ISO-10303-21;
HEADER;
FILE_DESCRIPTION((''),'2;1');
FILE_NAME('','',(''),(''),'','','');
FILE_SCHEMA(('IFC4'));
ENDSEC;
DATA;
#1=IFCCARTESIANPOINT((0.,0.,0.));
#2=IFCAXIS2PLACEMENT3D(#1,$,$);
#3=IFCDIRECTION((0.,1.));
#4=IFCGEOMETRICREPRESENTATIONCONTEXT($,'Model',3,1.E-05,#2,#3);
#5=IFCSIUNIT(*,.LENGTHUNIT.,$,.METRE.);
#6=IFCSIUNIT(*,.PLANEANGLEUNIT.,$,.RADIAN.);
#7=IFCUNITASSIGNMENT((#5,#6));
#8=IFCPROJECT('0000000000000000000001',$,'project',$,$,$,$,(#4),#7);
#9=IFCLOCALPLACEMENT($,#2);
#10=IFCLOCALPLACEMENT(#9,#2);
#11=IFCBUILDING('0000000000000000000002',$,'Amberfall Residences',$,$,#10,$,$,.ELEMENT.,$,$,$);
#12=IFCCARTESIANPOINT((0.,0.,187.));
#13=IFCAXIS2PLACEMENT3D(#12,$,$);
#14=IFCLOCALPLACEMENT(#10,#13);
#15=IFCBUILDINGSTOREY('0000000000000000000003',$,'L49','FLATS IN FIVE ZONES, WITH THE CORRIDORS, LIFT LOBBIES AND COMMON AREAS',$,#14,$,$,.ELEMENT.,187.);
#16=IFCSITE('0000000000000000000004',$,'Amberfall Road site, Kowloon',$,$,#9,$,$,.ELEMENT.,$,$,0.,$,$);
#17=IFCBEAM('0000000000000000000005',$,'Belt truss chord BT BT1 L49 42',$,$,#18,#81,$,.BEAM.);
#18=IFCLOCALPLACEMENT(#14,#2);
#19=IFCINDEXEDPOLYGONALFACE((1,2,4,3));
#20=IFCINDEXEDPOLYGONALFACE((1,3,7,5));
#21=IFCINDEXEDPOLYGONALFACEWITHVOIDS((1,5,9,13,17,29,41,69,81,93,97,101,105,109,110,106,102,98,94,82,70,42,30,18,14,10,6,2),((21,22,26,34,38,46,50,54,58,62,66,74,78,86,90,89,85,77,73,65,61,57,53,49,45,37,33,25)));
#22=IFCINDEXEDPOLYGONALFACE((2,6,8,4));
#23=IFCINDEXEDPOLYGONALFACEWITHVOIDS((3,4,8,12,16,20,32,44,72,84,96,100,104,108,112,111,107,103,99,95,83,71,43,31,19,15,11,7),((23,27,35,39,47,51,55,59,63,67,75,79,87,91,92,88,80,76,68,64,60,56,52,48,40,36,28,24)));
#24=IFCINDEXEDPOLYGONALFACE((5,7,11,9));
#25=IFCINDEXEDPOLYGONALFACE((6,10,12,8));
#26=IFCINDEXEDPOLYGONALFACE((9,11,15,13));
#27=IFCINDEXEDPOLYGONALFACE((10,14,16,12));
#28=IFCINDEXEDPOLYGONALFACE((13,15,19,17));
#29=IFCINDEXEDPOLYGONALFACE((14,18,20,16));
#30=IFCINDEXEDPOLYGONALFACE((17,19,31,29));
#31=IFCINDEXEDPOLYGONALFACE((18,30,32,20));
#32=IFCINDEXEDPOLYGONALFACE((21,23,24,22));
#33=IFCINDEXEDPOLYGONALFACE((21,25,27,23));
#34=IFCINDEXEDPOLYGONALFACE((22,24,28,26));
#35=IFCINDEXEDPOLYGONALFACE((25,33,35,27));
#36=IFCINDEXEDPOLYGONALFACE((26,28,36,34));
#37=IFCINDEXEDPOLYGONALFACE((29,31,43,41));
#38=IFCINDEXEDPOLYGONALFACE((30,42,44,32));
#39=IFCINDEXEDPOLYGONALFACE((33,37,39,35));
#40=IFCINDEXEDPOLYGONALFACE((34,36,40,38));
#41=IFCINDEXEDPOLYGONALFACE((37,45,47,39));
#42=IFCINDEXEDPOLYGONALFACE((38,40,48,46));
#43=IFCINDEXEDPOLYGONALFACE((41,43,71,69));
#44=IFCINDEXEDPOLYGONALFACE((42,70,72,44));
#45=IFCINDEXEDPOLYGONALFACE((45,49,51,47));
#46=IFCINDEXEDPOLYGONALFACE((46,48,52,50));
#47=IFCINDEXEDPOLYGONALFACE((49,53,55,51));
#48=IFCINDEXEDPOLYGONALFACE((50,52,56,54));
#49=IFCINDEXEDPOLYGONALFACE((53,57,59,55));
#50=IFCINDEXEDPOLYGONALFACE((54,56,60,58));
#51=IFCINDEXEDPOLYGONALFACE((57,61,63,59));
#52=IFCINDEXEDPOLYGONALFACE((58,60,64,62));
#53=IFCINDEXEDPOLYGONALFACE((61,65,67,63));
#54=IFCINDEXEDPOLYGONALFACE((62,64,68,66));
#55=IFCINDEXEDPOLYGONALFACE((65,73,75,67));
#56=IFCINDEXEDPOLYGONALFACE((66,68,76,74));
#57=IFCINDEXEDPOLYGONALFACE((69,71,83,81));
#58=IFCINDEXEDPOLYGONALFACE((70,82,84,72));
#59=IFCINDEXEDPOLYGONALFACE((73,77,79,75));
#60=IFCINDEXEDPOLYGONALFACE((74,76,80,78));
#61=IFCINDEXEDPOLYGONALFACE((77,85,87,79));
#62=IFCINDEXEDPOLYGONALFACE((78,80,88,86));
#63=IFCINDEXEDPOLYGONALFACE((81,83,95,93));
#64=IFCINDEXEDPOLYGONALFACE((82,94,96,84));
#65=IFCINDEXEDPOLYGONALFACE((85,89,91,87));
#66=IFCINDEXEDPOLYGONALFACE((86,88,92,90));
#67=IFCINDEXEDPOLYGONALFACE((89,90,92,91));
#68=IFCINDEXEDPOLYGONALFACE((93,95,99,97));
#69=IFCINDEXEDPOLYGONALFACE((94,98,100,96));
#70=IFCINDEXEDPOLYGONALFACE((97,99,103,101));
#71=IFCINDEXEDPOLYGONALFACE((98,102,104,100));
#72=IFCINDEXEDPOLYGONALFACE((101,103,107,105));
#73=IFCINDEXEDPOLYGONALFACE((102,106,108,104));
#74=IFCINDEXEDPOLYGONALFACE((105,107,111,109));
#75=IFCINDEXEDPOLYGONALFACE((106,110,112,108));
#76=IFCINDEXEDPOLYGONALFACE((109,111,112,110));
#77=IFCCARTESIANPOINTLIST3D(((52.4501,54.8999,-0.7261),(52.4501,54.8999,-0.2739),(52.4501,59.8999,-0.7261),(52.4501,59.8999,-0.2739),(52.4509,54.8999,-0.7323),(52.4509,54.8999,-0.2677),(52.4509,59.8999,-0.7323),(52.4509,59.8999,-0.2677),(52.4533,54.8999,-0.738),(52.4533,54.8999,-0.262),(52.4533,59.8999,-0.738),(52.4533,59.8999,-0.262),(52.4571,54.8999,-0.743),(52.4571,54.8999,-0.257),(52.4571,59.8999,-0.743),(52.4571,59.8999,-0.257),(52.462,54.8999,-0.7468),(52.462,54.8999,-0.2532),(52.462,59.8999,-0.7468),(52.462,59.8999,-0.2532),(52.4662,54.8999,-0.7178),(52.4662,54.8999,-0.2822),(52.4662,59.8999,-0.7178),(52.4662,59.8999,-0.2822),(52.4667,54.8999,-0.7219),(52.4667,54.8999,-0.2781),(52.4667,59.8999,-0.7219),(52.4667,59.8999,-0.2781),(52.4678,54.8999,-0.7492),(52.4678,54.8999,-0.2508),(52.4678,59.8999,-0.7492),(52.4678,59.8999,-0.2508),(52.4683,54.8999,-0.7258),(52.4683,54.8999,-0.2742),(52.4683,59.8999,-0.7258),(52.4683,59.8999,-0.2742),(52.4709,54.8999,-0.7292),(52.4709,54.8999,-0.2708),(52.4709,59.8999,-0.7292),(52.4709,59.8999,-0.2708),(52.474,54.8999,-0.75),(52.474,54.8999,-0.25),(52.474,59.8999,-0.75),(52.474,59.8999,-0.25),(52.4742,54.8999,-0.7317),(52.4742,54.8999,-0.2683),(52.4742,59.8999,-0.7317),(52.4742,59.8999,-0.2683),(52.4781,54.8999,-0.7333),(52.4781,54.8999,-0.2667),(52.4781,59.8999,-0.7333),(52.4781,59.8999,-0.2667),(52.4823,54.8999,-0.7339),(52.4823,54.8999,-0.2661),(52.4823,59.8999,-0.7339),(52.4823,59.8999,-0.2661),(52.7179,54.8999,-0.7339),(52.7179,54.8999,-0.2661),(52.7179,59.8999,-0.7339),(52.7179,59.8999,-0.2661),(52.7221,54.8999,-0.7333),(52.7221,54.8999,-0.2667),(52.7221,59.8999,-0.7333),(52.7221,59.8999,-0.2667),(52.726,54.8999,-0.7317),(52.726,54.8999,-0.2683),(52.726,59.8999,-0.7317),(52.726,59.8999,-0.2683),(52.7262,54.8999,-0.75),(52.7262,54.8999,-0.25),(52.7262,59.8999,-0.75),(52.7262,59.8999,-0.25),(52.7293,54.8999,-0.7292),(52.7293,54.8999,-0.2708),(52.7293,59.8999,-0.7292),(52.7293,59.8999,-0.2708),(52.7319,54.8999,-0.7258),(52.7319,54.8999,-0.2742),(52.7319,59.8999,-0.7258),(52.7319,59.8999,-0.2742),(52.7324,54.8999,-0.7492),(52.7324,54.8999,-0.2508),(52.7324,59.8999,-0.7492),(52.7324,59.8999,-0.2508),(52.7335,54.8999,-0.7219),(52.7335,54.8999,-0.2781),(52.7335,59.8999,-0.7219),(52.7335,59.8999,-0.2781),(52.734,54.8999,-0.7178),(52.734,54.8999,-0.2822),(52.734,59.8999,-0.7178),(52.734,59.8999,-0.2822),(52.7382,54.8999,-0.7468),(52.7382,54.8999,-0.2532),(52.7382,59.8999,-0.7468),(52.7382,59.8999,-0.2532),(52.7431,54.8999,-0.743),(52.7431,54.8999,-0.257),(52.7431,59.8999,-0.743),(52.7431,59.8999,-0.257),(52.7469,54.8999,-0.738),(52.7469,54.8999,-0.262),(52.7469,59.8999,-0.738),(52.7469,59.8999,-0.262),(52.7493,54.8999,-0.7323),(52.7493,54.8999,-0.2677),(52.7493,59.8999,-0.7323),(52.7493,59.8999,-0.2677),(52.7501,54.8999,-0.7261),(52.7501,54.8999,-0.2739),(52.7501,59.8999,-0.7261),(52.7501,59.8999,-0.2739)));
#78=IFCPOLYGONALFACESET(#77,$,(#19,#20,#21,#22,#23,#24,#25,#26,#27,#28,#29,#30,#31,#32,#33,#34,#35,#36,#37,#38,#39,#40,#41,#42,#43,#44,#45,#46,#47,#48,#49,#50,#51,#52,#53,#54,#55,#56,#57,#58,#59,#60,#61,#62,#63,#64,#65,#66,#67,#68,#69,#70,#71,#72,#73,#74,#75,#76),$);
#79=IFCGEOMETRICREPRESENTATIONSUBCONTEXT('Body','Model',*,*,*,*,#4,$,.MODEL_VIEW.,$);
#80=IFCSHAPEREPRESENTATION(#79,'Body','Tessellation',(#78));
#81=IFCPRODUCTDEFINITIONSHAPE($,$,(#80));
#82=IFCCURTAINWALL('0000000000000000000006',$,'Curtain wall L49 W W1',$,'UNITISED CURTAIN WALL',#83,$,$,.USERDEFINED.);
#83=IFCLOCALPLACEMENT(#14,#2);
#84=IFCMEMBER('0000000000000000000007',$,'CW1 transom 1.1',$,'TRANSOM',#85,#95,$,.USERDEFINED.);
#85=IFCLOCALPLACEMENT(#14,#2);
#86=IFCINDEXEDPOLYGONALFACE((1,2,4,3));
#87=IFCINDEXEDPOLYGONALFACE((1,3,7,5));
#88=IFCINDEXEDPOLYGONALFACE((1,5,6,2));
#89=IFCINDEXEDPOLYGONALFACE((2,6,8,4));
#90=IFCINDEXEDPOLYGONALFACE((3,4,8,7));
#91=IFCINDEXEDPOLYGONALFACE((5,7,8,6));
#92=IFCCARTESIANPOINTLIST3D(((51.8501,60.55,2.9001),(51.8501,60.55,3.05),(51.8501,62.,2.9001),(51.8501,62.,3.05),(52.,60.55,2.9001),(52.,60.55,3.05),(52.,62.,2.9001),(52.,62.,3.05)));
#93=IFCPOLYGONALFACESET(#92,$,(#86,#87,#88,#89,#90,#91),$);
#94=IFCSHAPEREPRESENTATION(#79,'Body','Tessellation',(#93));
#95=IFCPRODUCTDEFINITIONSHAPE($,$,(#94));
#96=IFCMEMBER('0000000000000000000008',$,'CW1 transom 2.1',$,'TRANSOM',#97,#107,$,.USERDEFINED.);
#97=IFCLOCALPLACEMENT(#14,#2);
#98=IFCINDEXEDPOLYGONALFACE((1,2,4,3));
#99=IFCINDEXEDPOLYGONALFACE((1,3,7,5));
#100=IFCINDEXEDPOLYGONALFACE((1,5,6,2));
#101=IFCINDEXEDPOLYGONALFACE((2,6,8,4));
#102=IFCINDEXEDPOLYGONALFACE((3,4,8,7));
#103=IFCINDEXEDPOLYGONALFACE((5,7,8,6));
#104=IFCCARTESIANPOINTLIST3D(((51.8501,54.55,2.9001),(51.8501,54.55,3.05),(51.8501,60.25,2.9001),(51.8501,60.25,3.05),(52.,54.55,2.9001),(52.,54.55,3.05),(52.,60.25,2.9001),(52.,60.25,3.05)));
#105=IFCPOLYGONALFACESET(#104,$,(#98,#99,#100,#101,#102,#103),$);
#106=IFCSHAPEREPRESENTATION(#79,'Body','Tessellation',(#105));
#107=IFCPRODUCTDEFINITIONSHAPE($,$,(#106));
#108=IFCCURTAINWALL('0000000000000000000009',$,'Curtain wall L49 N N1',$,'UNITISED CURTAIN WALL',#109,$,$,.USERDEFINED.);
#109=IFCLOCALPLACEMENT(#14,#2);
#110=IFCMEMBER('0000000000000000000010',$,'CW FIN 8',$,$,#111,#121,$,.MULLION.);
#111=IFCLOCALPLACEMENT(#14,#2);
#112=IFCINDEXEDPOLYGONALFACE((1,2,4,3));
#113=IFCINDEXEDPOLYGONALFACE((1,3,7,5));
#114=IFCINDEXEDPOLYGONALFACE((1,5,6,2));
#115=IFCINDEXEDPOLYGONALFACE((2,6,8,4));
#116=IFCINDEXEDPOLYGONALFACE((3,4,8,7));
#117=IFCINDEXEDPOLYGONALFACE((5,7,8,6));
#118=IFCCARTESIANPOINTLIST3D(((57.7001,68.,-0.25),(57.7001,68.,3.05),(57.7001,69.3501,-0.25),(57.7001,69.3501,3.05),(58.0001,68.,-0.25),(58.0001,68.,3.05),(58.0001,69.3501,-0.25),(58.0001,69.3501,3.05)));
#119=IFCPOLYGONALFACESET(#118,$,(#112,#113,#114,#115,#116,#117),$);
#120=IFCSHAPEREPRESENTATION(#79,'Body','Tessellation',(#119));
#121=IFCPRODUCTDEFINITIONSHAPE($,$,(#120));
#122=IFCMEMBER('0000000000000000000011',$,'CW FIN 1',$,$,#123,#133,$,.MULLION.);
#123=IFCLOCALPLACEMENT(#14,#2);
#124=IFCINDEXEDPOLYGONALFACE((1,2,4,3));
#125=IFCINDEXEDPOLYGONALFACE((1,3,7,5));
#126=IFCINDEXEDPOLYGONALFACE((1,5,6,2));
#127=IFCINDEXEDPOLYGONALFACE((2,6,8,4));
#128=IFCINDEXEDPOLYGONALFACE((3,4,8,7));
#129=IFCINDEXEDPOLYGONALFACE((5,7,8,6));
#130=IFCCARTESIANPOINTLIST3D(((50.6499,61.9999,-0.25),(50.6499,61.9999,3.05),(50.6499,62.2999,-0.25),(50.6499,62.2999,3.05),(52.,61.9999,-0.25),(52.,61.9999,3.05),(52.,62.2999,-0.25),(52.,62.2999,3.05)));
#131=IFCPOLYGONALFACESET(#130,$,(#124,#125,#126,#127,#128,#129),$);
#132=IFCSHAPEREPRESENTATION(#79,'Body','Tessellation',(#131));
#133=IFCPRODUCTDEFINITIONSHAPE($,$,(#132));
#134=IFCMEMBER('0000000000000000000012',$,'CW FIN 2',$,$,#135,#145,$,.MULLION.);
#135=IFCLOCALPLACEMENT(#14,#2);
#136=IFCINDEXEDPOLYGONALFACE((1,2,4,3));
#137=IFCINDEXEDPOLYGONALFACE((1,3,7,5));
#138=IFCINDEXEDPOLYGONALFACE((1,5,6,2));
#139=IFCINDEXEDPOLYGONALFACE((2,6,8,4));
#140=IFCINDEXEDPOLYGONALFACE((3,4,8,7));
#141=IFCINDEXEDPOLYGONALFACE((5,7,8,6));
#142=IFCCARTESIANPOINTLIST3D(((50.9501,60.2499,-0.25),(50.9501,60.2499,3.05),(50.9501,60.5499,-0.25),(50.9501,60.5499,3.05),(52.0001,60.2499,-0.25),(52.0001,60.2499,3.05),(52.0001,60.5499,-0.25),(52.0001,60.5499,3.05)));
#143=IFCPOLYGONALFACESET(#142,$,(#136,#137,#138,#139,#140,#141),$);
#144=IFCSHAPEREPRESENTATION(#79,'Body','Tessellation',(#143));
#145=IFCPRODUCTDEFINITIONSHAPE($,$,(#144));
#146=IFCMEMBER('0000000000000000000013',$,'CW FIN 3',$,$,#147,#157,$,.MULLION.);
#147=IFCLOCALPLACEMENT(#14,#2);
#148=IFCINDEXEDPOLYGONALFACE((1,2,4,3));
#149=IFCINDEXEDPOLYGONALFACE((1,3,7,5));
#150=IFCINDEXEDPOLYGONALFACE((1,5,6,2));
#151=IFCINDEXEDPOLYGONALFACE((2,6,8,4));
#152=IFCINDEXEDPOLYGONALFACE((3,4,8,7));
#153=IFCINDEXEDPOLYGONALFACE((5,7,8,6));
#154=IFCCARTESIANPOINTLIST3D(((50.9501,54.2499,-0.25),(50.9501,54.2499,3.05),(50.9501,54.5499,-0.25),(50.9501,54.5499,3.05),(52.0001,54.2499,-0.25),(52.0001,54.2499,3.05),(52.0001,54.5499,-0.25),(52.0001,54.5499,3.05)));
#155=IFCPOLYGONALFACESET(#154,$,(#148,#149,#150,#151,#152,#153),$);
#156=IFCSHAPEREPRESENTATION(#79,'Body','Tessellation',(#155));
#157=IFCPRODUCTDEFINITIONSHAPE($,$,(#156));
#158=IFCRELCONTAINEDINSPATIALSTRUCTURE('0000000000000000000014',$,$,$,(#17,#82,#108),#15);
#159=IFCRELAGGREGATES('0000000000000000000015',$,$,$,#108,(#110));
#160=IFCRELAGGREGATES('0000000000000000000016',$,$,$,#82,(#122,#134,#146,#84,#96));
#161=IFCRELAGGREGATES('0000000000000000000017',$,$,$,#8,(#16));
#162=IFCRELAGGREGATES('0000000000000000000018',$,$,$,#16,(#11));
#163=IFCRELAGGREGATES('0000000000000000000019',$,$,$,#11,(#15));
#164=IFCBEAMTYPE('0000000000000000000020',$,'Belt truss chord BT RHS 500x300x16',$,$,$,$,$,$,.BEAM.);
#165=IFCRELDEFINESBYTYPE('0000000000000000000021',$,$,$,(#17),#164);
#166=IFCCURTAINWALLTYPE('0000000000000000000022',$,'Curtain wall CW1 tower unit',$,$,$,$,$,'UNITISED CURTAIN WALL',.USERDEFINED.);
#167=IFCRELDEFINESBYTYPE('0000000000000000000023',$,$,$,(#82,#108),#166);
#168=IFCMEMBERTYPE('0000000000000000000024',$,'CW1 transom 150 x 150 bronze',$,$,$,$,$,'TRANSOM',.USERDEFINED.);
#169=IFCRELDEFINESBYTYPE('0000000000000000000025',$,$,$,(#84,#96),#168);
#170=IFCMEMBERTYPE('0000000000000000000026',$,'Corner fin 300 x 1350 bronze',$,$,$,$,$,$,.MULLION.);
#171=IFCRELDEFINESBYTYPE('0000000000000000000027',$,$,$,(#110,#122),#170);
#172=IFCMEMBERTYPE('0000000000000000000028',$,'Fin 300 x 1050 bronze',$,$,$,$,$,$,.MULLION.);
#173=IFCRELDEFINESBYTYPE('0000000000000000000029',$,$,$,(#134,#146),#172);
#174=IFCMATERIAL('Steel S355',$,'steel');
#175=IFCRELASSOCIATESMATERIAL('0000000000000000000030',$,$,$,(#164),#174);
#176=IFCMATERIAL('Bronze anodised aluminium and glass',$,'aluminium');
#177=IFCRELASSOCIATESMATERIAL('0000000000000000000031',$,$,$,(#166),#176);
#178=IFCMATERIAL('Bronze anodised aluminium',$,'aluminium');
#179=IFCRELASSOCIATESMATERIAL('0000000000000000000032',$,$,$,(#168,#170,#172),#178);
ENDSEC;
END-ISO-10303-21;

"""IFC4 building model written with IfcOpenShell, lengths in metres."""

from ifc_helpers import new_model, si_unit, direction, frame, origin, origin_2d, place, context, subcontext, project, spatial, rectangle, hollow_rectangle, extrude, material, material_profile, profile_set, type_object, element, aggregate, save


model = new_model("IFC4")

# Units and contexts
model_context = context("Model", 3, precision=1e-05, world=origin(), true_north=direction((0.0, 1.0)))
body_context = subcontext(model_context, "Body", "Model", "MODEL_VIEW")
ifc_project = project(units=[si_unit("LENGTHUNIT", "METRE"), si_unit("PLANEANGLEUNIT", "RADIAN")], contexts=[model_context])

# Site, building, storey
site_placement = place(None, origin())
site = spatial("IfcSite", under=ifc_project, at=site_placement, Name="Amberfall Road site, Kowloon", CompositionType="ELEMENT", RefElevation=0.0)
building_placement = place(site_placement, origin())
building = spatial("IfcBuilding", under=site, at=building_placement, Name="Amberfall Residences", CompositionType="ELEMENT")
storey_placement = place(building_placement, frame((0.0, 0.0, 187.0)))
storey = spatial("IfcBuildingStorey", under=building, at=storey_placement, Name="L49", Description="FLATS IN FIVE ZONES, WITH THE CORRIDORS, LIFT LOBBIES AND COMMON AREAS", CompositionType="ELEMENT", Elevation=187.0)

# Beam
ifc_material_1 = material(Name="Steel S355", Category="steel")
ifc_material_profile_1 = material_profile(ifc_material_1, hollow_rectangle(XDim=0.3, YDim=0.5, WallThickness=0.0161, InnerFilletRadius=0.0161, OuterFilletRadius=0.0239, at=origin_2d()), Name="RHS 500x300x16")
ifc_profile_set_1 = profile_set([ifc_material_profile_1], Name="Steel S355")
beam_type_1 = type_object("IfcBeamType", Name="Belt truss chord BT RHS 500x300x16", PredefinedType="BEAM", material=ifc_profile_set_1)
beam_1_placement = place(storey_placement, frame((52.6001, 54.8999, -0.5), z_axis=(0.0, 1.0, 0.0), x_axis=(-1.0, 0.0, 0.0)))
element("IfcBeam", 1, at=beam_1_placement, inside=storey, type_object=beam_type_1, Name="Belt truss chord BT BT1 L49 42", PredefinedType="BEAM", context=body_context, shape_type="SweptSolid", body=[
    extrude(hollow_rectangle(XDim=0.3, YDim=0.5, WallThickness=0.0161, InnerFilletRadius=0.0161, OuterFilletRadius=0.0239, at=origin_2d()), origin(), (0.0, 0.0, 1.0), 5.0),
])

# Curtain wall, members
ifc_material_2 = material(Name="Bronze anodised aluminium and glass", Category="aluminium")
curtain_wall_type = type_object("IfcCurtainWallType", Name="Curtain wall CW1 tower unit", ElementType="UNITISED CURTAIN WALL", PredefinedType="USERDEFINED", material=ifc_material_2)
curtain_wall_1_placement = place(storey_placement, origin())
curtain_wall_1 = element("IfcCurtainWall", 2, at=curtain_wall_1_placement, inside=storey, type_object=curtain_wall_type, Name="Curtain wall L49 W W1", ObjectType="UNITISED CURTAIN WALL", PredefinedType="USERDEFINED")
ifc_material_3 = material(Name="Bronze anodised aluminium", Category="aluminium")
ifc_material_profile_2 = material_profile(ifc_material_3, rectangle(XDim=0.1499, YDim=0.1499, at=origin_2d()), Name="CW1 transom 150 x 150 bronze")
ifc_profile_set_2 = profile_set([ifc_material_profile_2], Name="Bronze anodised aluminium")
member_type_1 = type_object("IfcMemberType", Name="CW1 transom 150 x 150 bronze", ElementType="TRANSOM", PredefinedType="USERDEFINED", material=ifc_profile_set_2)
member_1_placement = place(storey_placement, frame((51.925, 62.0, 2.9751), z_axis=(0.0, -1.0, 0.0), x_axis=(1.0, 0.0, 0.0)))
member_1 = element("IfcMember", 3, at=member_1_placement, type_object=member_type_1, Name="CW1 transom 1.1", ObjectType="TRANSOM", PredefinedType="USERDEFINED", context=body_context, shape_type="SweptSolid", body=[
    extrude(rectangle(XDim=0.1499, YDim=0.1499, at=origin_2d()), origin(), (0.0, 0.0, 1.0), 1.45),
])
member_2_placement = place(storey_placement, frame((51.925, 60.25, 2.9751), z_axis=(0.0, -1.0, 0.0), x_axis=(1.0, 0.0, 0.0)))
member_2 = element("IfcMember", 4, at=member_2_placement, type_object=member_type_1, Name="CW1 transom 2.1", ObjectType="TRANSOM", PredefinedType="USERDEFINED", context=body_context, shape_type="SweptSolid", body=[
    extrude(rectangle(XDim=0.1499, YDim=0.1499, at=origin_2d()), origin(), (0.0, 0.0, 1.0), 5.7),
])

# Curtain wall, member
curtain_wall_2_placement = place(storey_placement, origin())
curtain_wall_2 = element("IfcCurtainWall", 5, at=curtain_wall_2_placement, inside=storey, type_object=curtain_wall_type, Name="Curtain wall L49 N N1", ObjectType="UNITISED CURTAIN WALL", PredefinedType="USERDEFINED")
ifc_material_profile_3 = material_profile(ifc_material_3, rectangle(XDim=1.3501, YDim=0.3, at=origin_2d()), Name="Corner fin 300 x 1350 bronze")
ifc_profile_set_3 = profile_set([ifc_material_profile_3], Name="Bronze anodised aluminium")
member_type_2 = type_object("IfcMemberType", Name="Corner fin 300 x 1350 bronze", PredefinedType="MULLION", material=ifc_profile_set_3)
member_3_placement = place(storey_placement, frame((57.8501, 68.675, -0.25), z_axis=(0.0, 0.0, 1.0), x_axis=(0.0, -1.0, 0.0)))
member_3 = element("IfcMember", 6, at=member_3_placement, type_object=member_type_2, Name="CW FIN 8", PredefinedType="MULLION", context=body_context, shape_type="SweptSolid", body=[
    extrude(rectangle(XDim=1.3501, YDim=0.3, at=origin_2d()), origin(), (0.0, 0.0, 1.0), 3.3),
])
aggregate(curtain_wall_2, [member_3])

# Members
member_4_placement = place(storey_placement, frame((51.325, 62.1499, -0.25), z_axis=(0.0, 0.0, 1.0), x_axis=(1.0, 0.0, 0.0)))
member_4 = element("IfcMember", 7, at=member_4_placement, type_object=member_type_2, Name="CW FIN 1", PredefinedType="MULLION", context=body_context, shape_type="SweptSolid", body=[
    extrude(rectangle(XDim=1.3501, YDim=0.3, at=origin_2d()), origin(), (0.0, 0.0, 1.0), 3.3),
])
ifc_material_profile_4 = material_profile(ifc_material_3, rectangle(XDim=1.05, YDim=0.3, at=origin_2d()), Name="Fin 300 x 1050 bronze")
ifc_profile_set_4 = profile_set([ifc_material_profile_4], Name="Bronze anodised aluminium")
member_type_3 = type_object("IfcMemberType", Name="Fin 300 x 1050 bronze", PredefinedType="MULLION", material=ifc_profile_set_4)
member_5_placement = place(storey_placement, frame((51.4751, 60.3999, -0.25), z_axis=(0.0, 0.0, 1.0), x_axis=(1.0, 0.0, 0.0)))
member_5 = element("IfcMember", 8, at=member_5_placement, type_object=member_type_3, Name="CW FIN 2", PredefinedType="MULLION", context=body_context, shape_type="SweptSolid", body=[
    extrude(rectangle(XDim=1.05, YDim=0.3, at=origin_2d()), origin(), (0.0, 0.0, 1.0), 3.3),
])
member_6_placement = place(storey_placement, frame((51.4751, 54.3999, -0.25), z_axis=(0.0, 0.0, 1.0), x_axis=(1.0, 0.0, 0.0)))
member_6 = element("IfcMember", 9, at=member_6_placement, type_object=member_type_3, Name="CW FIN 3", PredefinedType="MULLION", context=body_context, shape_type="SweptSolid", body=[
    extrude(rectangle(XDim=1.05, YDim=0.3, at=origin_2d()), origin(), (0.0, 0.0, 1.0), 3.3),
])

aggregate(curtain_wall_1, [member_4, member_5, member_6, member_1, member_2])

save(model, "model.ifc")
